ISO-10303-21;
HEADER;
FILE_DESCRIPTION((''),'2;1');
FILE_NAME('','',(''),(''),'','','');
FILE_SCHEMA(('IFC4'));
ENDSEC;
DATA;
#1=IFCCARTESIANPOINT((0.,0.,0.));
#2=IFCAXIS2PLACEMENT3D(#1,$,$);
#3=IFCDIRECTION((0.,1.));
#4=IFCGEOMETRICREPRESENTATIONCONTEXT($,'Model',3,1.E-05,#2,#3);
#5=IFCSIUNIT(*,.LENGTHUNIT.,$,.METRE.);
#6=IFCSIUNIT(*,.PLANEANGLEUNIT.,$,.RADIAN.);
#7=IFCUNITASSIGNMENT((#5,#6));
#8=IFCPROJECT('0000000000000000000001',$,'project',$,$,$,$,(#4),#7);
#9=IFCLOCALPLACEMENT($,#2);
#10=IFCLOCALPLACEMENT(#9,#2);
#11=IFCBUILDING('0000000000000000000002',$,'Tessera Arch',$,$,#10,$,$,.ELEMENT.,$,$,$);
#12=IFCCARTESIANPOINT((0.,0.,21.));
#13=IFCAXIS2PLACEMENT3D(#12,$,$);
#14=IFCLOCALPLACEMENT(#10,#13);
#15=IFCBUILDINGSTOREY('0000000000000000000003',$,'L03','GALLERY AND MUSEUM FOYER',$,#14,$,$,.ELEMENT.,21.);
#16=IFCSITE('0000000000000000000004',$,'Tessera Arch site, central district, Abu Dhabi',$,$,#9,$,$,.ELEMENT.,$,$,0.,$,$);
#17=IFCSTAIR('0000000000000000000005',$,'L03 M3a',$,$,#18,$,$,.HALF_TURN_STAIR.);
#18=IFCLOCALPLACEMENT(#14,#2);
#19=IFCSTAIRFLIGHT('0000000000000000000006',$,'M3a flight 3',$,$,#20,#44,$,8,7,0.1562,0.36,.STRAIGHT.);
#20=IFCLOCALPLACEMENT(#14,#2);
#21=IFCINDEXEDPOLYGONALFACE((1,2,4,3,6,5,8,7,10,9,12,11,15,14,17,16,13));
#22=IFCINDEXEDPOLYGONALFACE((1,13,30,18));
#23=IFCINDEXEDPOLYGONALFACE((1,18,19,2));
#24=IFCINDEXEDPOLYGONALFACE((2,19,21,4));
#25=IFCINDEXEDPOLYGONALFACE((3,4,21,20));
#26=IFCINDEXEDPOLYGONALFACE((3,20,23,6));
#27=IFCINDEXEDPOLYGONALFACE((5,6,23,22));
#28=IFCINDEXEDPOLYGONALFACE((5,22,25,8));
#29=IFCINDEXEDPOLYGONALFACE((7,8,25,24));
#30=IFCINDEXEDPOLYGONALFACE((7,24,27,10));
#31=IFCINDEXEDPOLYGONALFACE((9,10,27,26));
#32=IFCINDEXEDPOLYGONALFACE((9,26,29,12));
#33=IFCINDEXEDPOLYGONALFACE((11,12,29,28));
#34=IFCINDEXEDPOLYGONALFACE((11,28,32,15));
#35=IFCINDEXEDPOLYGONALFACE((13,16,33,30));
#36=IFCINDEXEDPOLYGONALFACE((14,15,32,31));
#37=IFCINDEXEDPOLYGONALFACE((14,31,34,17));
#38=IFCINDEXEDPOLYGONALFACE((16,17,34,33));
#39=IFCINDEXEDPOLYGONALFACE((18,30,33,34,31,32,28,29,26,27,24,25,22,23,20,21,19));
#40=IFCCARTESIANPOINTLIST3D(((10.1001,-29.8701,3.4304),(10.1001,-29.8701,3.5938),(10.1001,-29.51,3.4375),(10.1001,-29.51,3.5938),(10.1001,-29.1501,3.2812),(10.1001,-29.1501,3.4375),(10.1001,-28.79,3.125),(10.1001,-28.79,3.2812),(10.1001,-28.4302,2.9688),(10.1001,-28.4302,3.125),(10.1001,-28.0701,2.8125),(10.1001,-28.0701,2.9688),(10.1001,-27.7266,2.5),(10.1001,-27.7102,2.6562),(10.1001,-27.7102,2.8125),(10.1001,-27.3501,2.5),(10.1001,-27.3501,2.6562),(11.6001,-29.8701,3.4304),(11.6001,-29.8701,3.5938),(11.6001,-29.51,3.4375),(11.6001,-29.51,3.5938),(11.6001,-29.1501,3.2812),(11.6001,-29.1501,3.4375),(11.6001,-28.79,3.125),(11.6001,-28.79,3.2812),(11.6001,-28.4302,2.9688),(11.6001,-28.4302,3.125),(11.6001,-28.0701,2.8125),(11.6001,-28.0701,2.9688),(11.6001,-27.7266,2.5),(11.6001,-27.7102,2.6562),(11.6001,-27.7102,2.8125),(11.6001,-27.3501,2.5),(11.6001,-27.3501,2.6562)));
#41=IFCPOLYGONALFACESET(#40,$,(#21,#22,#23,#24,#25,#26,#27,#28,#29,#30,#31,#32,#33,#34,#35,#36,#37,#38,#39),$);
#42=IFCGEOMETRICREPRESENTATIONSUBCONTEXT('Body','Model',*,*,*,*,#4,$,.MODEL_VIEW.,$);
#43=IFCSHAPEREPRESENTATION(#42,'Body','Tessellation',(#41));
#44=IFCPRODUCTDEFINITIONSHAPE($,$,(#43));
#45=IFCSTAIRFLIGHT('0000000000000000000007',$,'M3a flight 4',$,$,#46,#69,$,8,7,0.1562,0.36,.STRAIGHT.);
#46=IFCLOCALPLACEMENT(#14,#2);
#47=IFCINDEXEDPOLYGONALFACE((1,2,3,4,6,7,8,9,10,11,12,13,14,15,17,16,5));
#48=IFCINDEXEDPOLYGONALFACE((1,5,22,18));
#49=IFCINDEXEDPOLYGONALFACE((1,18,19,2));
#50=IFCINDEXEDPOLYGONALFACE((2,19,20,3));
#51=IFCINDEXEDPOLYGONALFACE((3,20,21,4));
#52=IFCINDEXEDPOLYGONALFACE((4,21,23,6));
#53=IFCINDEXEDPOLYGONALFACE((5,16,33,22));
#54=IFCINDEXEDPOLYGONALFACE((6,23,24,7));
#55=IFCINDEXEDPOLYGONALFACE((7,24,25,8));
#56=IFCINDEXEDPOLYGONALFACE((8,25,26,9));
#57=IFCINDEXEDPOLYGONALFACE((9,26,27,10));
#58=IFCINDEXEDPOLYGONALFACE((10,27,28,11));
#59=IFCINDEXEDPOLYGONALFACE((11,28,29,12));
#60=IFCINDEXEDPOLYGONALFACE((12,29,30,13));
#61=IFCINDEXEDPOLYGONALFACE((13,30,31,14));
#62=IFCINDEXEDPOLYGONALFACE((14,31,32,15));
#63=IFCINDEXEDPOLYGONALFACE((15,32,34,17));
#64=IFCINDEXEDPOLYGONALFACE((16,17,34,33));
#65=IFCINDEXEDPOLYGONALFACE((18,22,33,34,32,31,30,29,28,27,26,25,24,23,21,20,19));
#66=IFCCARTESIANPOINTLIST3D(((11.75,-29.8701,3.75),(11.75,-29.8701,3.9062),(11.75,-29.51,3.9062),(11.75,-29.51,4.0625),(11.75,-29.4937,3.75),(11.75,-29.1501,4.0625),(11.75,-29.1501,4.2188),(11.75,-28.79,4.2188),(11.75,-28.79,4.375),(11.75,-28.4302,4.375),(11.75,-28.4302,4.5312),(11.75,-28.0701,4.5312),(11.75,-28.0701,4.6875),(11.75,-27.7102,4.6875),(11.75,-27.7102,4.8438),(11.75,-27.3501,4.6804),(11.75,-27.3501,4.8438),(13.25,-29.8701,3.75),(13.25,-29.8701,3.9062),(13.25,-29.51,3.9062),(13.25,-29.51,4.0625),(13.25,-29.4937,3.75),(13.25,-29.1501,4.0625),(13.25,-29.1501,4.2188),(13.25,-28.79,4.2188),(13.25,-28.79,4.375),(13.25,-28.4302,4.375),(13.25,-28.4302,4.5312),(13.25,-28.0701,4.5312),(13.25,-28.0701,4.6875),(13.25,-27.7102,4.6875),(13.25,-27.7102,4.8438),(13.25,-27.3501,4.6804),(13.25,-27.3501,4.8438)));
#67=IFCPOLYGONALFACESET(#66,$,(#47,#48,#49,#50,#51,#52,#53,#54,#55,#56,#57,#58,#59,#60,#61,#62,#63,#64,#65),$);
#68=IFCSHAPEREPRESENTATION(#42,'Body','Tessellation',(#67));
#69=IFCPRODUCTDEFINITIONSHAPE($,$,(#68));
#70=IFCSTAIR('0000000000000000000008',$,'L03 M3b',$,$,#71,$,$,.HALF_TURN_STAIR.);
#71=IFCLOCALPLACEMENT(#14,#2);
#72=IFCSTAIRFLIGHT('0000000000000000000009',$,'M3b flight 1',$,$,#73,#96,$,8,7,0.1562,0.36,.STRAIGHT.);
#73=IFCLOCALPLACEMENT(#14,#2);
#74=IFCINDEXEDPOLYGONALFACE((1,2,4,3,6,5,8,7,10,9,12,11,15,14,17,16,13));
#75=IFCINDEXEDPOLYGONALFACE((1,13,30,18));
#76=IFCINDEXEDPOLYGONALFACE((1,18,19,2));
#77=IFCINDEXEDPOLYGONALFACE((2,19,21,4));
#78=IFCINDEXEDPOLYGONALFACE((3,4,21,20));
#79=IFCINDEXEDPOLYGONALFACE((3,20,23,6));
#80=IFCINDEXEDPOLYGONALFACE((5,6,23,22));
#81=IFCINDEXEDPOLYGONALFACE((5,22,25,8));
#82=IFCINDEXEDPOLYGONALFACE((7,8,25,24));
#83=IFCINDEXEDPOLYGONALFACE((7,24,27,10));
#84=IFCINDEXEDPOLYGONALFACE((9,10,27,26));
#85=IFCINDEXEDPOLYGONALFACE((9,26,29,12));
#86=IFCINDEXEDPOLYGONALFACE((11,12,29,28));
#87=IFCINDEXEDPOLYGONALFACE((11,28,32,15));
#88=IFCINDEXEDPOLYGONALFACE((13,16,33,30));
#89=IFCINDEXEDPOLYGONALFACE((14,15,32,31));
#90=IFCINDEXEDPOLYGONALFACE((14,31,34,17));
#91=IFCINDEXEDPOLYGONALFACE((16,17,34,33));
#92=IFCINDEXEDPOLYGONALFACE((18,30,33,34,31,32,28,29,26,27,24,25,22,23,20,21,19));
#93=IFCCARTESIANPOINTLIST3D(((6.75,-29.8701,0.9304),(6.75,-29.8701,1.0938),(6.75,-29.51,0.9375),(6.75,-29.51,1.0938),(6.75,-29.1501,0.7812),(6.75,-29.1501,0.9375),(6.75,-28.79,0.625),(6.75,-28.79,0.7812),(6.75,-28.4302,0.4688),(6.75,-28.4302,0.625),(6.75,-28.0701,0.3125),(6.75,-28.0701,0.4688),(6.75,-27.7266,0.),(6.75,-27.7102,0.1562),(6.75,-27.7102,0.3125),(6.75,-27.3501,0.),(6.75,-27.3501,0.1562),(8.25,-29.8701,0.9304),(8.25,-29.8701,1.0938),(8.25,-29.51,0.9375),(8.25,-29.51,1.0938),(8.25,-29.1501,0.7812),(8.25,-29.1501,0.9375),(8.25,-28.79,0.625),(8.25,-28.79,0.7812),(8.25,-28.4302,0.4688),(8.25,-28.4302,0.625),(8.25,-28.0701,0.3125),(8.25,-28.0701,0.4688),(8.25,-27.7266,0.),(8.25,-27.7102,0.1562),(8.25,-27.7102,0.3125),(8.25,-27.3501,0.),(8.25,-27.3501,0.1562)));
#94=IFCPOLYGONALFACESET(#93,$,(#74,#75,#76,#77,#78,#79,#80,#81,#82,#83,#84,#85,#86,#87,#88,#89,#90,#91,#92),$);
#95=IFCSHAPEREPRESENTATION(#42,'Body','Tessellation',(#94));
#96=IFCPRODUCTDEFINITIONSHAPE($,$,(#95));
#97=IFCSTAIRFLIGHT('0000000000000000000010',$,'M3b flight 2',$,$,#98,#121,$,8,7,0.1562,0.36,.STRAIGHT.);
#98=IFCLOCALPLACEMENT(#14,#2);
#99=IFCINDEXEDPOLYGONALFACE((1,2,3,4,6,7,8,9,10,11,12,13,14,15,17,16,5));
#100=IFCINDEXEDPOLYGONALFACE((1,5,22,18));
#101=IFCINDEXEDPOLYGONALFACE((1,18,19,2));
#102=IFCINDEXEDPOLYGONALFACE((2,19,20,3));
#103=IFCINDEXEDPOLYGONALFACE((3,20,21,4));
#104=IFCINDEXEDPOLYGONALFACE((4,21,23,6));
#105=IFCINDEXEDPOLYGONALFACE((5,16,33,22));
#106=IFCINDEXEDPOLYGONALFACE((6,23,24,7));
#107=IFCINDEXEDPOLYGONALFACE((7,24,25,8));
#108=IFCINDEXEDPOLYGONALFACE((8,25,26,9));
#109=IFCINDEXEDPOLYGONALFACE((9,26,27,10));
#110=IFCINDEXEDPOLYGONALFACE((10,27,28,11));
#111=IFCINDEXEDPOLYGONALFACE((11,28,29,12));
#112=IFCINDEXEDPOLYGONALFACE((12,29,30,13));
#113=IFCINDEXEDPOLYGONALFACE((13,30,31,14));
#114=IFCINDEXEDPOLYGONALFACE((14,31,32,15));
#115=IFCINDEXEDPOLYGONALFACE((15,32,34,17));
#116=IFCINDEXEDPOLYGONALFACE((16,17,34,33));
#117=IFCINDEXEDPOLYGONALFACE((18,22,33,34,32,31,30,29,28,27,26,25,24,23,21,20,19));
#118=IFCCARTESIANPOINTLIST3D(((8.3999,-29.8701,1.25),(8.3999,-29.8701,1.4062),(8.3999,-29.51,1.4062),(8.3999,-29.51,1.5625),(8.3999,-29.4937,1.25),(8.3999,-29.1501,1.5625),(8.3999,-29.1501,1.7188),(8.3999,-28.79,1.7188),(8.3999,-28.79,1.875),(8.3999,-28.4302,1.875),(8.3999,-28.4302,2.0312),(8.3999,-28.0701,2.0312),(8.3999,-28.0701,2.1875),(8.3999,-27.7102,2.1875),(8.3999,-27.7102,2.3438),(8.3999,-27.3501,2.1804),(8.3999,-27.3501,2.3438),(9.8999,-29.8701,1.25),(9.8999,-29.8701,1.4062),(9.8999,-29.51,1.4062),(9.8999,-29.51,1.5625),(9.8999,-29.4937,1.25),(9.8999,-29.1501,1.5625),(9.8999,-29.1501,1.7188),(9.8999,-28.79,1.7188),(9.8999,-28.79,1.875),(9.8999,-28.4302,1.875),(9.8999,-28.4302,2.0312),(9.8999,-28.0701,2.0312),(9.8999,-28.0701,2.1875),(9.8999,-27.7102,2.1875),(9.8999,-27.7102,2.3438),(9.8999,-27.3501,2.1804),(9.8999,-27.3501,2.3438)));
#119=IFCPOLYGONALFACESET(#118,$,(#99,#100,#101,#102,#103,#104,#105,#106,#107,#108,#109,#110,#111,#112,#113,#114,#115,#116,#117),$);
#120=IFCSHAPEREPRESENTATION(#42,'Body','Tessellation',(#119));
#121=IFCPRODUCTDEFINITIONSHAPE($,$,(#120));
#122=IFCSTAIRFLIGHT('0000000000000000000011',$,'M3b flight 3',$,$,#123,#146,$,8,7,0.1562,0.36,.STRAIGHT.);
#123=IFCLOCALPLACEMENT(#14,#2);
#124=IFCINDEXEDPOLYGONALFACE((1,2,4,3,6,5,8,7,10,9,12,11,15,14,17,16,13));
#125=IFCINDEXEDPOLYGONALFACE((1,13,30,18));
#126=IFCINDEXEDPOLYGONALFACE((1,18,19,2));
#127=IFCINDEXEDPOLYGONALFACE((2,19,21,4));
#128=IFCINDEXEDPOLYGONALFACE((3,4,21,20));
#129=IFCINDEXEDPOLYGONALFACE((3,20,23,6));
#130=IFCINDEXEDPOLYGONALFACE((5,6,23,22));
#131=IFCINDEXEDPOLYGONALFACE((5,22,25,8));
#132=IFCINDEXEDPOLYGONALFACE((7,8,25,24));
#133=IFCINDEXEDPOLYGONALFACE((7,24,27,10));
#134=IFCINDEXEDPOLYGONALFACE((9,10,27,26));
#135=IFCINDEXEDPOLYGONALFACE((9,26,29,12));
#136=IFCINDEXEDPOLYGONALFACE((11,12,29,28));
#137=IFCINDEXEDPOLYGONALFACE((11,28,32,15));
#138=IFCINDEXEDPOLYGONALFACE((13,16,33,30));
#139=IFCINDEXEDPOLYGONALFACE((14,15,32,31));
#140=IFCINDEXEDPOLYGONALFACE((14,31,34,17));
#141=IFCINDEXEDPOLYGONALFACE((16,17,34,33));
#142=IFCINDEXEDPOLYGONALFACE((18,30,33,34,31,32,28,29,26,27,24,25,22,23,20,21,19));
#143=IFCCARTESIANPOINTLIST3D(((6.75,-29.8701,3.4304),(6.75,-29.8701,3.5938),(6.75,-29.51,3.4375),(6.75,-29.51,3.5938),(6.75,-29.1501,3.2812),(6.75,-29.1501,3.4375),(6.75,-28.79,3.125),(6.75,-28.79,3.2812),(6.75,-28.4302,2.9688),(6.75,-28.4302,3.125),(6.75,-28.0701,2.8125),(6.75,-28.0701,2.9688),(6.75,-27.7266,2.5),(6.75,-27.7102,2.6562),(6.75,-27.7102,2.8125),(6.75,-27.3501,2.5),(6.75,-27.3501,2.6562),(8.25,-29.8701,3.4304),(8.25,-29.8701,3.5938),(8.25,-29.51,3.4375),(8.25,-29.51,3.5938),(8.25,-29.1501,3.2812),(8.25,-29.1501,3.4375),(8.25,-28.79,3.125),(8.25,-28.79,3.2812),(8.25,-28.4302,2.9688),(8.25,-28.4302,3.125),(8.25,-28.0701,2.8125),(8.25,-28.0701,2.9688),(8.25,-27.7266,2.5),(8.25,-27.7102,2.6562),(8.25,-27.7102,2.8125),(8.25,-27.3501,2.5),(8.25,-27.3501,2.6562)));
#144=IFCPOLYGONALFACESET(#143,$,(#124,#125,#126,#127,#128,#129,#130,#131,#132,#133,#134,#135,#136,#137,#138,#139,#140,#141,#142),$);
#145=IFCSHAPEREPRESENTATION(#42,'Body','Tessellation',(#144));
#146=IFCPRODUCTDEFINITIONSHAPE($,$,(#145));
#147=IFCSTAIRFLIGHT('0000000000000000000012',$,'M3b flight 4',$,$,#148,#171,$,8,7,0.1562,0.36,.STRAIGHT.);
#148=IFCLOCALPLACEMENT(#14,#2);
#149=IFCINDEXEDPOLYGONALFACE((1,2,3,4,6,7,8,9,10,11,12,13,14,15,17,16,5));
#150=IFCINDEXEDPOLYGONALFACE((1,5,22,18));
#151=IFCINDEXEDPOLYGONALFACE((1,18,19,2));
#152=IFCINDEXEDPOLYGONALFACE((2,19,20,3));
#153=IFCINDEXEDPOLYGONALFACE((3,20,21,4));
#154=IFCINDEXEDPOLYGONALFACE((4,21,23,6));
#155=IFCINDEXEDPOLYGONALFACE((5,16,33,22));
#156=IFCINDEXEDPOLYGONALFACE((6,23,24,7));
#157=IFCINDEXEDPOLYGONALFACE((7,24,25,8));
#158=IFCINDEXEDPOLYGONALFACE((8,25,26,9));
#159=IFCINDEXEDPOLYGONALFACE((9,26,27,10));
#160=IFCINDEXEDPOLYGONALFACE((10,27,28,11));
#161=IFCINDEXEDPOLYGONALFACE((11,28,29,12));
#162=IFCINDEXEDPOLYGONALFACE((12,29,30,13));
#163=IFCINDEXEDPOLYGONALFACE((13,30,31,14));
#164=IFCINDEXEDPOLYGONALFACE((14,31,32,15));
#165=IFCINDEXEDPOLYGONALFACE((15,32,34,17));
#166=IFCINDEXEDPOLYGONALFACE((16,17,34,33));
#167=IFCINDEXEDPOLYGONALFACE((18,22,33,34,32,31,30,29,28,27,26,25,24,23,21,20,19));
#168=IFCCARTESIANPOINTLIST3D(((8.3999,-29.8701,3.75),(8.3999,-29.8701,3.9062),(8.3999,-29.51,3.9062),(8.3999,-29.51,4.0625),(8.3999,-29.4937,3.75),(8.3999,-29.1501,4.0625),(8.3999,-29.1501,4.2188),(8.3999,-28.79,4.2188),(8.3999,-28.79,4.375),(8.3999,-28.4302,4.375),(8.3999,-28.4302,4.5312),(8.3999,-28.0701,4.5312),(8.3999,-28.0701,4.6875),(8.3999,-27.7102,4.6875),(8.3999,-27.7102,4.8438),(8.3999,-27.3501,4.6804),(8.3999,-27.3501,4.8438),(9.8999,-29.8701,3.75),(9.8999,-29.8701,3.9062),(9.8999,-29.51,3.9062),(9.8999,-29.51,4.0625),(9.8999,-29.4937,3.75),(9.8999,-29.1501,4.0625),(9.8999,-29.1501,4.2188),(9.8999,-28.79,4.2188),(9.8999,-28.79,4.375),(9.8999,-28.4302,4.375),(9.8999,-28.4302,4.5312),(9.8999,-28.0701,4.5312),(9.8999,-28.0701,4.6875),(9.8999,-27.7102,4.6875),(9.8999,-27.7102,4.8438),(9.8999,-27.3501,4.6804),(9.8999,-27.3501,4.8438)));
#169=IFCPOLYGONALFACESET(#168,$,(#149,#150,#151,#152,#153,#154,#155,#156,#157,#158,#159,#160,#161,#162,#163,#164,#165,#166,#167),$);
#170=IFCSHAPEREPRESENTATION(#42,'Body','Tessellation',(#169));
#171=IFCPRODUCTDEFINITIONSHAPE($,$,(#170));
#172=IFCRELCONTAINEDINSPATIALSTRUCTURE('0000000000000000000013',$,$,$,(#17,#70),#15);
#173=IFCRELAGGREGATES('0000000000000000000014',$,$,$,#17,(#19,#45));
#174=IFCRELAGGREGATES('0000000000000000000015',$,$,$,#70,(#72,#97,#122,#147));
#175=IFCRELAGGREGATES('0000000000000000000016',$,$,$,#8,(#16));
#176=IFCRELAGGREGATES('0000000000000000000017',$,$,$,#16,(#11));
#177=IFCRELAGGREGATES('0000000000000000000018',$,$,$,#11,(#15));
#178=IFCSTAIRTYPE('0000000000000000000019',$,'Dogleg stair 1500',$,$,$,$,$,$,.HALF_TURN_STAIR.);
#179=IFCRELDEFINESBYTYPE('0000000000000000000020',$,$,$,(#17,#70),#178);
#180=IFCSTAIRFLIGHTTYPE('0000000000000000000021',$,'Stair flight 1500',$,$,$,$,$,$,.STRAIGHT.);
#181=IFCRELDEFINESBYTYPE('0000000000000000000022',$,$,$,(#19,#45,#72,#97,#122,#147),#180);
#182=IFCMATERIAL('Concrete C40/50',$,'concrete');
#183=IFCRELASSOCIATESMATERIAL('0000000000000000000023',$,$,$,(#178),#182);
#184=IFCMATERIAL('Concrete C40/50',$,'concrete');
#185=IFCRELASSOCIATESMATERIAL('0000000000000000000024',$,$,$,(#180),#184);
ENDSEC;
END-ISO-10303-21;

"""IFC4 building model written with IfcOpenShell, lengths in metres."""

from ifc_helpers import new_model, si_unit, direction, frame, origin, place, context, subcontext, project, spatial, polyline, outline, extrude, material, type_object, element, aggregate, save


model = new_model("IFC4")

# Units and contexts
model_context = context("Model", 3, precision=1e-05, world=origin(), true_north=direction((0.0, 1.0)))
body_context = subcontext(model_context, "Body", "Model", "MODEL_VIEW")
ifc_project = project(units=[si_unit("LENGTHUNIT", "METRE"), si_unit("PLANEANGLEUNIT", "RADIAN")], contexts=[model_context])

# Site, building, storey
site_placement = place(None, origin())
site = spatial("IfcSite", under=ifc_project, at=site_placement, Name="Tessera Arch site, central district, Abu Dhabi", CompositionType="ELEMENT", RefElevation=0.0)
building_placement = place(site_placement, origin())
building = spatial("IfcBuilding", under=site, at=building_placement, Name="Tessera Arch", CompositionType="ELEMENT")
storey_placement = place(building_placement, frame((0.0, 0.0, 21.0)))
storey = spatial("IfcBuildingStorey", under=building, at=storey_placement, Name="L03", Description="GALLERY AND MUSEUM FOYER", CompositionType="ELEMENT", Elevation=21.0)

# Stairs, stair flights
ifc_material_1 = material(Name="Concrete C40/50", Category="concrete")
stair_type = type_object("IfcStairType", Name="Dogleg stair 1500", PredefinedType="HALF_TURN_STAIR", material=ifc_material_1)
stair_1_placement = place(storey_placement, origin())
stair_1 = element("IfcStair", 1, at=stair_1_placement, inside=storey, type_object=stair_type, Name="L03 M3a", PredefinedType="HALF_TURN_STAIR")
ifc_material_2 = material(Name="Concrete C40/50", Category="concrete")
stair_flight_type = type_object("IfcStairFlightType", Name="Stair flight 1500", PredefinedType="STRAIGHT", material=ifc_material_2)
stair_flight_1_placement = place(storey_placement, frame((10.8501, -27.3501, 2.5), z_axis=(0.0, 0.0, 1.0), x_axis=(0.0, -1.0, 0.0)))
stair_flight_1 = element("IfcStairFlight", 2, at=stair_flight_1_placement, type_object=stair_flight_type, Name="M3a flight 3", NumberOfRisers=8, NumberOfTreads=7, PredefinedType="STRAIGHT", RiserHeight=0.1562, TreadLength=0.36, context=body_context, shape_type="SweptSolid", body=[
    extrude(outline(polyline([(0.0, 0.0), (0.0, 0.1562), (0.3601, 0.1562), (0.3601, 0.3125), (0.72, 0.3125), (0.72, 0.4688), (1.0801, 0.4688), (1.0801, 0.625), (1.4399, 0.625), (1.4399, 0.7812), (1.8, 0.7812), (1.8, 0.9375), (2.1599, 0.9375), (2.1599, 1.0938), (2.52, 1.0938), (2.52, 1.25), (2.52, 0.9304), (0.3765, 0.0), (0.0, 0.0)])), frame((0.0, 0.75, 0.0), z_axis=(0.0, -1.0, 0.0), x_axis=(1.0, 0.0, 0.0)), (0.0, 0.0, 1.0), 1.5),
])
stair_flight_2_placement = place(storey_placement, frame((12.5, -29.8701, 3.75), z_axis=(0.0, 0.0, 1.0), x_axis=(0.0, 1.0, 0.0)))
stair_flight_2 = element("IfcStairFlight", 3, at=stair_flight_2_placement, type_object=stair_flight_type, Name="M3a flight 4", NumberOfRisers=8, NumberOfTreads=7, PredefinedType="STRAIGHT", RiserHeight=0.1562, TreadLength=0.36, context=body_context, shape_type="SweptSolid", body=[
    extrude(outline(polyline([(0.0, 0.0), (0.0, 0.1562), (0.3601, 0.1562), (0.3601, 0.3125), (0.72, 0.3125), (0.72, 0.4688), (1.0801, 0.4688), (1.0801, 0.625), (1.4399, 0.625), (1.4399, 0.7812), (1.8, 0.7812), (1.8, 0.9375), (2.1599, 0.9375), (2.1599, 1.0938), (2.52, 1.0938), (2.52, 1.25), (2.52, 0.9304), (0.3765, 0.0), (0.0, 0.0)])), frame((0.0, 0.75, 0.0), z_axis=(0.0, -1.0, 0.0), x_axis=(1.0, 0.0, 0.0)), (0.0, 0.0, 1.0), 1.5),
])
aggregate(stair_1, [stair_flight_1, stair_flight_2])
stair_2_placement = place(storey_placement, origin())
stair_2 = element("IfcStair", 4, at=stair_2_placement, inside=storey, type_object=stair_type, Name="L03 M3b", PredefinedType="HALF_TURN_STAIR")
stair_flight_3_placement = place(storey_placement, frame((7.5, -27.3501, 0.0), z_axis=(0.0, 0.0, 1.0), x_axis=(0.0, -1.0, 0.0)))
stair_flight_3 = element("IfcStairFlight", 5, at=stair_flight_3_placement, type_object=stair_flight_type, Name="M3b flight 1", NumberOfRisers=8, NumberOfTreads=7, PredefinedType="STRAIGHT", RiserHeight=0.1562, TreadLength=0.36, context=body_context, shape_type="SweptSolid", body=[
    extrude(outline(polyline([(0.0, 0.0), (0.0, 0.1562), (0.3601, 0.1562), (0.3601, 0.3125), (0.72, 0.3125), (0.72, 0.4688), (1.0801, 0.4688), (1.0801, 0.625), (1.4399, 0.625), (1.4399, 0.7812), (1.8, 0.7812), (1.8, 0.9375), (2.1599, 0.9375), (2.1599, 1.0938), (2.52, 1.0938), (2.52, 1.25), (2.52, 0.9304), (0.3765, 0.0), (0.0, 0.0)])), frame((0.0, 0.75, 0.0), z_axis=(0.0, -1.0, 0.0), x_axis=(1.0, 0.0, 0.0)), (0.0, 0.0, 1.0), 1.5),
])
stair_flight_4_placement = place(storey_placement, frame((9.1499, -29.8701, 1.25), z_axis=(0.0, 0.0, 1.0), x_axis=(0.0, 1.0, 0.0)))
stair_flight_4 = element("IfcStairFlight", 6, at=stair_flight_4_placement, type_object=stair_flight_type, Name="M3b flight 2", NumberOfRisers=8, NumberOfTreads=7, PredefinedType="STRAIGHT", RiserHeight=0.1562, TreadLength=0.36, context=body_context, shape_type="SweptSolid", body=[
    extrude(outline(polyline([(0.0, 0.0), (0.0, 0.1562), (0.3601, 0.1562), (0.3601, 0.3125), (0.72, 0.3125), (0.72, 0.4688), (1.0801, 0.4688), (1.0801, 0.625), (1.4399, 0.625), (1.4399, 0.7812), (1.8, 0.7812), (1.8, 0.9375), (2.1599, 0.9375), (2.1599, 1.0938), (2.52, 1.0938), (2.52, 1.25), (2.52, 0.9304), (0.3765, 0.0), (0.0, 0.0)])), frame((0.0, 0.75, 0.0), z_axis=(0.0, -1.0, 0.0), x_axis=(1.0, 0.0, 0.0)), (0.0, 0.0, 1.0), 1.5),
])
stair_flight_5_placement = place(storey_placement, frame((7.5, -27.3501, 2.5), z_axis=(0.0, 0.0, 1.0), x_axis=(0.0, -1.0, 0.0)))
stair_flight_5 = element("IfcStairFlight", 7, at=stair_flight_5_placement, type_object=stair_flight_type, Name="M3b flight 3", NumberOfRisers=8, NumberOfTreads=7, PredefinedType="STRAIGHT", RiserHeight=0.1562, TreadLength=0.36, context=body_context, shape_type="SweptSolid", body=[
    extrude(outline(polyline([(0.0, 0.0), (0.0, 0.1562), (0.3601, 0.1562), (0.3601, 0.3125), (0.72, 0.3125), (0.72, 0.4688), (1.0801, 0.4688), (1.0801, 0.625), (1.4399, 0.625), (1.4399, 0.7812), (1.8, 0.7812), (1.8, 0.9375), (2.1599, 0.9375), (2.1599, 1.0938), (2.52, 1.0938), (2.52, 1.25), (2.52, 0.9304), (0.3765, 0.0), (0.0, 0.0)])), frame((0.0, 0.75, 0.0), z_axis=(0.0, -1.0, 0.0), x_axis=(1.0, 0.0, 0.0)), (0.0, 0.0, 1.0), 1.5),
])
stair_flight_6_placement = place(storey_placement, frame((9.1499, -29.8701, 3.75), z_axis=(0.0, 0.0, 1.0), x_axis=(0.0, 1.0, 0.0)))
stair_flight_6 = element("IfcStairFlight", 8, at=stair_flight_6_placement, type_object=stair_flight_type, Name="M3b flight 4", NumberOfRisers=8, NumberOfTreads=7, PredefinedType="STRAIGHT", RiserHeight=0.1562, TreadLength=0.36, context=body_context, shape_type="SweptSolid", body=[
    extrude(outline(polyline([(0.0, 0.0), (0.0, 0.1562), (0.3601, 0.1562), (0.3601, 0.3125), (0.72, 0.3125), (0.72, 0.4688), (1.0801, 0.4688), (1.0801, 0.625), (1.4399, 0.625), (1.4399, 0.7812), (1.8, 0.7812), (1.8, 0.9375), (2.1599, 0.9375), (2.1599, 1.0938), (2.52, 1.0938), (2.52, 1.25), (2.52, 0.9304), (0.3765, 0.0), (0.0, 0.0)])), frame((0.0, 0.75, 0.0), z_axis=(0.0, -1.0, 0.0), x_axis=(1.0, 0.0, 0.0)), (0.0, 0.0, 1.0), 1.5),
])
aggregate(stair_2, [stair_flight_3, stair_flight_4, stair_flight_5, stair_flight_6])

save(model, "model.ifc")
